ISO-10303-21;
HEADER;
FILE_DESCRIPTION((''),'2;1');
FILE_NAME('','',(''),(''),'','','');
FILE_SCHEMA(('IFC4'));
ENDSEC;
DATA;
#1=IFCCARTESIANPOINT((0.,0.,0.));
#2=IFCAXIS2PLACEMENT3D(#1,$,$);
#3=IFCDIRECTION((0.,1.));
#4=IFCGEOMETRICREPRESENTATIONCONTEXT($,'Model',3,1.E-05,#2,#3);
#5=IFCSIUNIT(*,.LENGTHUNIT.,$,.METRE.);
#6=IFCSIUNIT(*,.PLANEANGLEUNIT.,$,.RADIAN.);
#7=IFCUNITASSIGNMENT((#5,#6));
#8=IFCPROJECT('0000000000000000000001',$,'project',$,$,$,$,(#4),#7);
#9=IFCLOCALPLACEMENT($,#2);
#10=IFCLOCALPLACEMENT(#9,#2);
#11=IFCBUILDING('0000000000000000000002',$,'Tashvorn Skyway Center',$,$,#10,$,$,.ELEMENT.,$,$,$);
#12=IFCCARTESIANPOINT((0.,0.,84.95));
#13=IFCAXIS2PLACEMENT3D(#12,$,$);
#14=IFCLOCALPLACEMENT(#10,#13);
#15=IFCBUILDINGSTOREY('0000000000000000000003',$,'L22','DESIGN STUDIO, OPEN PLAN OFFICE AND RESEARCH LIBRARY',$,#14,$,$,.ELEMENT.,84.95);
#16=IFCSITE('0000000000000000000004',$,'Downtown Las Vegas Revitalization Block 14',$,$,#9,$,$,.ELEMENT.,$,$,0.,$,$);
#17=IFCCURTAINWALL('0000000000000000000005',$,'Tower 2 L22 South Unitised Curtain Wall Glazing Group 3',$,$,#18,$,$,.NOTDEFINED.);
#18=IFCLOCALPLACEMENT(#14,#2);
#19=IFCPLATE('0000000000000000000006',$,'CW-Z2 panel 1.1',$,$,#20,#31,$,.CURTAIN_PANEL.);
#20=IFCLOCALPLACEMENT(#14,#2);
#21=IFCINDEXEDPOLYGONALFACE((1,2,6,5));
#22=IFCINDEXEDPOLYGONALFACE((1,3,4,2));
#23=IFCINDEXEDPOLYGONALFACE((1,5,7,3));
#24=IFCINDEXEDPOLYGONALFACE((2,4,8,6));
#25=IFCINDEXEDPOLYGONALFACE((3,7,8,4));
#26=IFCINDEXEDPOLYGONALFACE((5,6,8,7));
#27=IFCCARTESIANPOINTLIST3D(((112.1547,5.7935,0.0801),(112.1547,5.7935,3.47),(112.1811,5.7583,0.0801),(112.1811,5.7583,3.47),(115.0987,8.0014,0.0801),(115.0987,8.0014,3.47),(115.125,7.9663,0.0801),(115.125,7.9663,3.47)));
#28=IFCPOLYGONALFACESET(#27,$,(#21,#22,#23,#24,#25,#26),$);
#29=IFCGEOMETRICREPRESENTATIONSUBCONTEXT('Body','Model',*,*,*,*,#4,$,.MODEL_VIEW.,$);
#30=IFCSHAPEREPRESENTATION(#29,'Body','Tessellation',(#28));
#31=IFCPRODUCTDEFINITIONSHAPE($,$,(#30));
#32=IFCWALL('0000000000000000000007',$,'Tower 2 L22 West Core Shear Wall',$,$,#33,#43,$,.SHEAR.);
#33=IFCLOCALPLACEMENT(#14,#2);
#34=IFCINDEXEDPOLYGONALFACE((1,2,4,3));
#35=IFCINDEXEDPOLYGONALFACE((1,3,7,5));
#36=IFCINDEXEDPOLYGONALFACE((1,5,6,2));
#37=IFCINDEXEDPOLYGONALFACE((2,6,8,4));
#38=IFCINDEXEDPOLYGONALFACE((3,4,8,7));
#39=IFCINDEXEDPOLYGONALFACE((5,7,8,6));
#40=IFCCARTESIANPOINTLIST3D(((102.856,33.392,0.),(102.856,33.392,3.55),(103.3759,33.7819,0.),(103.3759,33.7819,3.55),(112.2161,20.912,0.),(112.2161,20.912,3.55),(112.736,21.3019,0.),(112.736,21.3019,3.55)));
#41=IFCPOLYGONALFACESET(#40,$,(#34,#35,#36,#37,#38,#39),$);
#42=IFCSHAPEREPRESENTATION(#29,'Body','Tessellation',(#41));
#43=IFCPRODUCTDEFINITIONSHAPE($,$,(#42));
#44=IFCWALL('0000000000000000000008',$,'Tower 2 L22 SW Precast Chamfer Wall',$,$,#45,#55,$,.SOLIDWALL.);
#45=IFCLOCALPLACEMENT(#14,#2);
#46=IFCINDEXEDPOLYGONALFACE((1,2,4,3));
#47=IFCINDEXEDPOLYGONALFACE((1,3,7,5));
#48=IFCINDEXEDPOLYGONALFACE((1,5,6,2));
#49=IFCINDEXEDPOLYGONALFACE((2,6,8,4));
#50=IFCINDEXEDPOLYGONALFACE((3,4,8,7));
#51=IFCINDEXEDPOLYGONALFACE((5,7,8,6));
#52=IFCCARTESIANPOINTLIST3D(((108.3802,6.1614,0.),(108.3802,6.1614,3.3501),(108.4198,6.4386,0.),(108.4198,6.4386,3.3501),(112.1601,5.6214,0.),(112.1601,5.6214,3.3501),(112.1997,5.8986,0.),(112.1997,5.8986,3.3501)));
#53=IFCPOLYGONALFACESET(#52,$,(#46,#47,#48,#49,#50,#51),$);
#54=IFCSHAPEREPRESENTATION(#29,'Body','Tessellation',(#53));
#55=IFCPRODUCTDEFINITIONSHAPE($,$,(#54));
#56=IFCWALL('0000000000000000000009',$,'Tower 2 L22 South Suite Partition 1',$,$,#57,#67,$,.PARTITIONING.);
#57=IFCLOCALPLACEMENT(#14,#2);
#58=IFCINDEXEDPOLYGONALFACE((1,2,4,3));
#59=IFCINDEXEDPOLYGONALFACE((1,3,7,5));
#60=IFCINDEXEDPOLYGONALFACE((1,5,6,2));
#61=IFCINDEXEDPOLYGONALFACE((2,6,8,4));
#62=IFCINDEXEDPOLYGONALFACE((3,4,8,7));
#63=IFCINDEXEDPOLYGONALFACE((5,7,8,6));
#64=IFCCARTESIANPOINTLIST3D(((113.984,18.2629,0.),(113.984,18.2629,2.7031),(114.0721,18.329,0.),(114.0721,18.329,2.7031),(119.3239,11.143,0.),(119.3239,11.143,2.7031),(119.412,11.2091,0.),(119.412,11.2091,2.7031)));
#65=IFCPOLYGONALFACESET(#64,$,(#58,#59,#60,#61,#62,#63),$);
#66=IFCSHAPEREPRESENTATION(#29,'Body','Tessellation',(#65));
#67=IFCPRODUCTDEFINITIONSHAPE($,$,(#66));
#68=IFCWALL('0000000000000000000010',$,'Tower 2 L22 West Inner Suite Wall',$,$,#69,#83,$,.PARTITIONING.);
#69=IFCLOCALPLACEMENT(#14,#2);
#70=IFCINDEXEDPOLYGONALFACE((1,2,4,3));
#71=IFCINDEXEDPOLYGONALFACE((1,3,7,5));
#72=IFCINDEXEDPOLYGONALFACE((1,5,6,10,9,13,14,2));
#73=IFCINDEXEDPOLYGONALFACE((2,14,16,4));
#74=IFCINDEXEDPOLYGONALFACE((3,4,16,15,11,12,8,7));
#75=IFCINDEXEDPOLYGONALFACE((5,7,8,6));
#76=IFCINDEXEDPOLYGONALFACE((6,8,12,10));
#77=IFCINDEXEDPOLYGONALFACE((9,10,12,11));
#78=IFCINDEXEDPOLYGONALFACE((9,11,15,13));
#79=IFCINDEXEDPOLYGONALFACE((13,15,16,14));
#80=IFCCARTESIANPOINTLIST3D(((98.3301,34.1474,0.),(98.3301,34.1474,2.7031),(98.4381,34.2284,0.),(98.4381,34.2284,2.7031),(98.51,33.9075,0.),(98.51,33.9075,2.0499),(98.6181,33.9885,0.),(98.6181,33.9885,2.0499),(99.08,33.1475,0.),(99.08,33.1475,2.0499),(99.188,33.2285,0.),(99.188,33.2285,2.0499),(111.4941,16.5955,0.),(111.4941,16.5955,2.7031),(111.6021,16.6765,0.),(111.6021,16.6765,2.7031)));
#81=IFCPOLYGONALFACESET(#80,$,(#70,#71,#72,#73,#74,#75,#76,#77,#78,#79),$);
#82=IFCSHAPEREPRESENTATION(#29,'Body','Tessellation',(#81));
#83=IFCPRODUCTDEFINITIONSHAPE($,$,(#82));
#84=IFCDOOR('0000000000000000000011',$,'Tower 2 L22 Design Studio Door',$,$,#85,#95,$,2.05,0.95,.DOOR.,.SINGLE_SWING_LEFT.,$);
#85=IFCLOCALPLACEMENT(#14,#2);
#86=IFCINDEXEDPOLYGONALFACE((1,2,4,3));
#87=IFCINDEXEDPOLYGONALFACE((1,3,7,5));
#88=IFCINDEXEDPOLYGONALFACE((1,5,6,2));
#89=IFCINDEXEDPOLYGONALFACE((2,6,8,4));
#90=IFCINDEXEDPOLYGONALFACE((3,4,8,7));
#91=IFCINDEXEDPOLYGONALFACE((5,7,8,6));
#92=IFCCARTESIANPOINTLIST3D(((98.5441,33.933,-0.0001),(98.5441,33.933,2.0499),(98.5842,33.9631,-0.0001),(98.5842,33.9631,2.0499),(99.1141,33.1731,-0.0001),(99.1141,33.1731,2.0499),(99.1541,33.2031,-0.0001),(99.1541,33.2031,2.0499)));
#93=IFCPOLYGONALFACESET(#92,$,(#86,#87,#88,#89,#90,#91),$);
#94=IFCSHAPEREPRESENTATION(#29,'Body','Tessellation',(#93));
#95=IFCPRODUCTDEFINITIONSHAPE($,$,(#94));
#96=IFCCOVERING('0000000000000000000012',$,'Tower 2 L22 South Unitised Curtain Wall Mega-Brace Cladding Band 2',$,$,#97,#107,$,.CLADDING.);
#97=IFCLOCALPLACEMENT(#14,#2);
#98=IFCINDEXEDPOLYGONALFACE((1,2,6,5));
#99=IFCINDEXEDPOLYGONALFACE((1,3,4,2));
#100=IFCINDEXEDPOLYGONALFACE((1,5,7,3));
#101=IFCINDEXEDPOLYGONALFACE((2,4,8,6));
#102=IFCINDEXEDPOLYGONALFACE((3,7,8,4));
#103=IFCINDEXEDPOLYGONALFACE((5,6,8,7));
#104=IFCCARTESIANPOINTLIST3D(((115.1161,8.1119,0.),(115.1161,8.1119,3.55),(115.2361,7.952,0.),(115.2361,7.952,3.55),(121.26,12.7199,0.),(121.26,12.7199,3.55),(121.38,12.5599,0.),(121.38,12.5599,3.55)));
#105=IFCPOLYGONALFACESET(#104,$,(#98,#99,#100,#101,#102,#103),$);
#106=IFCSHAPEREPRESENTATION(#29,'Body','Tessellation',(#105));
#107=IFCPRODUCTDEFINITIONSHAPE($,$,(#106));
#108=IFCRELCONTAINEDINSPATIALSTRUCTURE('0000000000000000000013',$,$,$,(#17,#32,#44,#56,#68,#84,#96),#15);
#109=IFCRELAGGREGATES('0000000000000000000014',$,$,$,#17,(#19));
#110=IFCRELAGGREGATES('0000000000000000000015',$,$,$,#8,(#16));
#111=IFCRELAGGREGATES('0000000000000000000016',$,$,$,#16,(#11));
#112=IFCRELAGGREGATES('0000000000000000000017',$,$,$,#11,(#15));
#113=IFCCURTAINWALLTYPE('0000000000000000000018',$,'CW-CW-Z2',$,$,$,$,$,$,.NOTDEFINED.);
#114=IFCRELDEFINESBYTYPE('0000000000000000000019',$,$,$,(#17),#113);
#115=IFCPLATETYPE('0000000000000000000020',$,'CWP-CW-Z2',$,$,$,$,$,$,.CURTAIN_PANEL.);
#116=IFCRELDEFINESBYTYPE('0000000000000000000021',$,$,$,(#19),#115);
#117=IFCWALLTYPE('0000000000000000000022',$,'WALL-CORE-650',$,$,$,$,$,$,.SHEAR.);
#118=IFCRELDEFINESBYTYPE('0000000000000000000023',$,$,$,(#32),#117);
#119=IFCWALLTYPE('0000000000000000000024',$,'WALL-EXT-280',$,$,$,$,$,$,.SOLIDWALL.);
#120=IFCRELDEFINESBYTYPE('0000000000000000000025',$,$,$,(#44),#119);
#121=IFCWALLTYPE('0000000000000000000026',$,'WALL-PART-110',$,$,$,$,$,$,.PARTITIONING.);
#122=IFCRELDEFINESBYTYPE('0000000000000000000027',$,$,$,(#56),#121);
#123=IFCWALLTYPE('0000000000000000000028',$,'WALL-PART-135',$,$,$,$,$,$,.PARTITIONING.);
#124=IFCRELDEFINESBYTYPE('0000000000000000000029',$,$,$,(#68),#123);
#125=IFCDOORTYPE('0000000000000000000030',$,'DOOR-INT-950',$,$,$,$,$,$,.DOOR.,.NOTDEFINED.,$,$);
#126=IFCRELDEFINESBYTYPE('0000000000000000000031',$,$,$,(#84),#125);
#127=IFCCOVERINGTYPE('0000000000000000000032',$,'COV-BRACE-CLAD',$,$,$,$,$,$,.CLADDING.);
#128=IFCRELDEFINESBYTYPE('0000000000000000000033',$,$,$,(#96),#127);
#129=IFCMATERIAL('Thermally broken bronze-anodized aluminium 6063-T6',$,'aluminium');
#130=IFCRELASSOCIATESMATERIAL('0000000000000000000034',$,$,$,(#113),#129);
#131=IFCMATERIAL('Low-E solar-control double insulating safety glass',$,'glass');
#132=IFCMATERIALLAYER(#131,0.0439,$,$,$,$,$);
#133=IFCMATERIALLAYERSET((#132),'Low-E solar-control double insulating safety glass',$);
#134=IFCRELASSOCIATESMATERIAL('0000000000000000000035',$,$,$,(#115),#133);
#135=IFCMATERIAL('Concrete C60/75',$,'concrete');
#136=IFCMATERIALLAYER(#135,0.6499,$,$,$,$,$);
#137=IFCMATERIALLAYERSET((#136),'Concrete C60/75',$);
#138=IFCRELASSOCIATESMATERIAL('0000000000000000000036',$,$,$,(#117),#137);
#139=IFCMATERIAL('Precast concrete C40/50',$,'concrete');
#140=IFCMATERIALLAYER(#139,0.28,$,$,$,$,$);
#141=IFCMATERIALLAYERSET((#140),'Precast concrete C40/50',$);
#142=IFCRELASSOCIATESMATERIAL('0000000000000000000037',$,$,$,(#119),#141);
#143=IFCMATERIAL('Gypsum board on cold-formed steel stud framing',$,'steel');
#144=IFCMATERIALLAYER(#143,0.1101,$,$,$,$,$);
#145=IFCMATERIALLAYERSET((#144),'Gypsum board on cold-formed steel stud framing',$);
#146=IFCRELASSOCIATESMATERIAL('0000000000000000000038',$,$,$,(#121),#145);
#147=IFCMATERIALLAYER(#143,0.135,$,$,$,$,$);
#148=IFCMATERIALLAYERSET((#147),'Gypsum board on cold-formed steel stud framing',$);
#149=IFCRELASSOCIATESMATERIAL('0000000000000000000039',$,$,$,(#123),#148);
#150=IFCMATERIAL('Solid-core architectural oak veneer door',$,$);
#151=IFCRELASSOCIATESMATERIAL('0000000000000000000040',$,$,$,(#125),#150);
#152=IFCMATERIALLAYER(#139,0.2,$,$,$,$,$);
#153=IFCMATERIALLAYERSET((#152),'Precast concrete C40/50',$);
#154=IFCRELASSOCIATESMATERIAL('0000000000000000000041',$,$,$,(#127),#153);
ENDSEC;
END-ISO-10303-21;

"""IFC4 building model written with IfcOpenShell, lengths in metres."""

from ifc_helpers import new_model, si_unit, direction, frame, frame_2d, origin, origin_2d, place, context, subcontext, project, spatial, rectangle, extrude, material, layer, layer_set, type_object, element, fill, aggregate, save


model = new_model("IFC4")

# Units and contexts
model_context = context("Model", 3, precision=1e-05, world=origin(), true_north=direction((0.0, 1.0)))
body_context = subcontext(model_context, "Body", "Model", "MODEL_VIEW")
ifc_project = project(units=[si_unit("LENGTHUNIT", "METRE"), si_unit("PLANEANGLEUNIT", "RADIAN")], contexts=[model_context])

# Site, building, storey
site_placement = place(None, origin())
site = spatial("IfcSite", under=ifc_project, at=site_placement, Name="Downtown Las Vegas Revitalization Block 14", CompositionType="ELEMENT", RefElevation=0.0)
building_placement = place(site_placement, origin())
building = spatial("IfcBuilding", under=site, at=building_placement, Name="Tashvorn Skyway Center", CompositionType="ELEMENT")
storey_placement = place(building_placement, frame((0.0, 0.0, 84.95)))
storey = spatial("IfcBuildingStorey", under=building, at=storey_placement, Name="L22", Description="DESIGN STUDIO, OPEN PLAN OFFICE AND RESEARCH LIBRARY", CompositionType="ELEMENT", Elevation=84.95)

# Shared definitions
ifc_material_1 = material(Name="Thermally broken bronze-anodized aluminium 6063-T6", Category="aluminium")
curtain_wall_type = type_object("IfcCurtainWallType", Name="CW-CW-Z2", PredefinedType="NOTDEFINED", material=ifc_material_1)

# Curtain wall, plate
curtain_wall_1_placement = place(storey_placement, origin())
curtain_wall_1 = element("IfcCurtainWall", 1, at=curtain_wall_1_placement, inside=storey, type_object=curtain_wall_type, Name="Tower 2 L22 South Unitised Curtain Wall Glazing Group 3", PredefinedType="NOTDEFINED")
ifc_material_2 = material(Name="Low-E solar-control double insulating safety glass", Category="glass")
ifc_layer_1 = layer(ifc_material_2, 0.0439)
ifc_layer_set_1 = layer_set([ifc_layer_1], Name="Low-E solar-control double insulating safety glass")
plate_type = type_object("IfcPlateType", Name="CWP-CW-Z2", PredefinedType="CURTAIN_PANEL", material=ifc_layer_set_1)
plate_placement = place(storey_placement, frame((113.6399, 6.8799, 0.0801), z_axis=(0.0, 0.0, 1.0), x_axis=(-0.8, -0.6, 0.0)))
plate = element("IfcPlate", 2, at=plate_placement, type_object=plate_type, Name="CW-Z2 panel 1.1", PredefinedType="CURTAIN_PANEL", context=body_context, shape_type="SweptSolid", body=[
    extrude(rectangle(XDim=3.6799, YDim=0.0439, at=origin_2d()), origin(), (0.0, 0.0, 1.0), 3.3899),
])
aggregate(curtain_wall_1, [plate])

# Walls
ifc_material_3 = material(Name="Concrete C60/75", Category="concrete")
ifc_layer_2 = layer(ifc_material_3, 0.6499)
ifc_layer_set_2 = layer_set([ifc_layer_2], Name="Concrete C60/75")
wall_type_1 = type_object("IfcWallType", Name="WALL-CORE-650", PredefinedType="SHEAR", material=ifc_layer_set_2)
wall_1_placement = place(storey_placement, frame((112.4761, 21.1069, 0.0), z_axis=(0.0, 0.0, 1.0), x_axis=(-0.600005, 0.799996, 0.0)))
element("IfcWall", 3, at=wall_1_placement, inside=storey, type_object=wall_type_1, Name="Tower 2 L22 West Core Shear Wall", PredefinedType="SHEAR", context=body_context, shape_type="SweptSolid", body=[
    extrude(rectangle(XDim=15.6001, YDim=0.6499, at=frame_2d((7.8, 0.0))), origin(), (0.0, 0.0, 1.0), 3.55),
])
ifc_material_4 = material(Name="Precast concrete C40/50", Category="concrete")
ifc_layer_3 = layer(ifc_material_4, 0.28)
ifc_layer_set_3 = layer_set([ifc_layer_3], Name="Precast concrete C40/50")
wall_type_2 = type_object("IfcWallType", Name="WALL-EXT-280", PredefinedType="SOLIDWALL", material=ifc_layer_set_3)
wall_2_placement = place(storey_placement, frame((112.1799, 5.76, 0.0), z_axis=(0.0, 0.0, 1.0), x_axis=(-0.989948, 0.14143, 0.0)))
element("IfcWall", 4, at=wall_2_placement, inside=storey, type_object=wall_type_2, Name="Tower 2 L22 SW Precast Chamfer Wall", PredefinedType="SOLIDWALL", context=body_context, shape_type="SweptSolid", body=[
    extrude(rectangle(XDim=3.8184, YDim=0.28, at=frame_2d((1.9092, 0.0))), origin(), (0.0, 0.0, 1.0), 3.3501),
])
ifc_material_5 = material(Name="Gypsum board on cold-formed steel stud framing", Category="steel")
ifc_layer_4 = layer(ifc_material_5, 0.1101)
ifc_layer_set_4 = layer_set([ifc_layer_4], Name="Gypsum board on cold-formed steel stud framing")
wall_type_3 = type_object("IfcWallType", Name="WALL-PART-110", PredefinedType="PARTITIONING", material=ifc_layer_set_4)
wall_3_placement = place(storey_placement, frame((119.3679, 11.176, 0.0), z_axis=(0.0, 0.0, 1.0), x_axis=(-0.599996, 0.800003, 0.0)))
element("IfcWall", 5, at=wall_3_placement, inside=storey, type_object=wall_type_3, Name="Tower 2 L22 South Suite Partition 1", PredefinedType="PARTITIONING", context=body_context, shape_type="SweptSolid", body=[
    extrude(rectangle(XDim=8.8999, YDim=0.1101, at=frame_2d((4.45, 0.0))), origin(), (0.0, 0.0, 1.0), 2.7031),
])

# Wall, opening, door
ifc_layer_5 = layer(ifc_material_5, 0.135)
ifc_layer_set_5 = layer_set([ifc_layer_5], Name="Gypsum board on cold-formed steel stud framing")
wall_type_4 = type_object("IfcWallType", Name="WALL-PART-135", PredefinedType="PARTITIONING", material=ifc_layer_set_5)
wall_4_placement = place(storey_placement, frame((111.5481, 16.636, 0.0), z_axis=(0.0, 0.0, 1.0), x_axis=(-0.600002, 0.799999, 0.0)))
wall_4 = element("IfcWall", 6, at=wall_4_placement, inside=storey, type_object=wall_type_4, Name="Tower 2 L22 West Inner Suite Wall", PredefinedType="PARTITIONING", context=body_context, shape_type="SweptSolid", body=[
    extrude(rectangle(XDim=21.9399, YDim=0.135, at=frame_2d((10.97, 0.0))), origin(), (0.0, 0.0, 1.0), 2.7031),
])
opening_placement = place(wall_4_placement, frame((20.6899, 0.0, 0.0)))
opening = element("IfcOpeningElement", 7, at=opening_placement, cuts=wall_4, PredefinedType="OPENING", context=body_context, shape_type="SweptSolid", body=[
    extrude(rectangle(XDim=0.95, YDim=2.05, at=frame_2d((0.4751, 1.0249))), frame((0.0, 0.0774, 0.0), z_axis=(0.0, -1.0, 0.0), x_axis=(1.0, 0.0, 0.0)), (0.0, 0.0, 1.0), 0.155),
])
ifc_material_6 = material(Name="Solid-core architectural oak veneer door")
door_type = type_object("IfcDoorType", Name="DOOR-INT-950", OperationType="NOTDEFINED", PredefinedType="DOOR", material=ifc_material_6)
door_placement = place(opening_placement, origin())
door = element("IfcDoor", 8, at=door_placement, inside=storey, type_object=door_type, Name="Tower 2 L22 Design Studio Door", OperationType="SINGLE_SWING_LEFT", OverallHeight=2.05, OverallWidth=0.95, PredefinedType="DOOR", context=body_context, shape_type="SweptSolid", body=[
    extrude(rectangle(XDim=0.95, YDim=2.05, at=frame_2d((0.4751, 1.0249))), frame((0.0, 0.0249, 0.0), z_axis=(0.0, -1.0, 0.0), x_axis=(1.0, 0.0, 0.0)), (0.0, 0.0, 1.0), 0.05),
])
fill(opening, door)

# Covering
ifc_layer_6 = layer(ifc_material_4, 0.2)
ifc_layer_set_6 = layer_set([ifc_layer_6], Name="Precast concrete C40/50")
covering_type = type_object("IfcCoveringType", Name="COV-BRACE-CLAD", PredefinedType="CLADDING", material=ifc_layer_set_6)
covering_placement = place(storey_placement, frame((118.248, 10.3359, 0.0), z_axis=(0.0, 0.0, 1.0), x_axis=(-0.8, -0.6, 0.0)))
element("IfcCovering", 9, at=covering_placement, inside=storey, type_object=covering_type, Name="Tower 2 L22 South Unitised Curtain Wall Mega-Brace Cladding Band 2", PredefinedType="CLADDING", context=body_context, shape_type="SweptSolid", body=[
    extrude(rectangle(XDim=7.6799, YDim=0.2, at=origin_2d()), origin(), (0.0, 0.0, 1.0), 3.55),
])

save(model, "model.ifc")
